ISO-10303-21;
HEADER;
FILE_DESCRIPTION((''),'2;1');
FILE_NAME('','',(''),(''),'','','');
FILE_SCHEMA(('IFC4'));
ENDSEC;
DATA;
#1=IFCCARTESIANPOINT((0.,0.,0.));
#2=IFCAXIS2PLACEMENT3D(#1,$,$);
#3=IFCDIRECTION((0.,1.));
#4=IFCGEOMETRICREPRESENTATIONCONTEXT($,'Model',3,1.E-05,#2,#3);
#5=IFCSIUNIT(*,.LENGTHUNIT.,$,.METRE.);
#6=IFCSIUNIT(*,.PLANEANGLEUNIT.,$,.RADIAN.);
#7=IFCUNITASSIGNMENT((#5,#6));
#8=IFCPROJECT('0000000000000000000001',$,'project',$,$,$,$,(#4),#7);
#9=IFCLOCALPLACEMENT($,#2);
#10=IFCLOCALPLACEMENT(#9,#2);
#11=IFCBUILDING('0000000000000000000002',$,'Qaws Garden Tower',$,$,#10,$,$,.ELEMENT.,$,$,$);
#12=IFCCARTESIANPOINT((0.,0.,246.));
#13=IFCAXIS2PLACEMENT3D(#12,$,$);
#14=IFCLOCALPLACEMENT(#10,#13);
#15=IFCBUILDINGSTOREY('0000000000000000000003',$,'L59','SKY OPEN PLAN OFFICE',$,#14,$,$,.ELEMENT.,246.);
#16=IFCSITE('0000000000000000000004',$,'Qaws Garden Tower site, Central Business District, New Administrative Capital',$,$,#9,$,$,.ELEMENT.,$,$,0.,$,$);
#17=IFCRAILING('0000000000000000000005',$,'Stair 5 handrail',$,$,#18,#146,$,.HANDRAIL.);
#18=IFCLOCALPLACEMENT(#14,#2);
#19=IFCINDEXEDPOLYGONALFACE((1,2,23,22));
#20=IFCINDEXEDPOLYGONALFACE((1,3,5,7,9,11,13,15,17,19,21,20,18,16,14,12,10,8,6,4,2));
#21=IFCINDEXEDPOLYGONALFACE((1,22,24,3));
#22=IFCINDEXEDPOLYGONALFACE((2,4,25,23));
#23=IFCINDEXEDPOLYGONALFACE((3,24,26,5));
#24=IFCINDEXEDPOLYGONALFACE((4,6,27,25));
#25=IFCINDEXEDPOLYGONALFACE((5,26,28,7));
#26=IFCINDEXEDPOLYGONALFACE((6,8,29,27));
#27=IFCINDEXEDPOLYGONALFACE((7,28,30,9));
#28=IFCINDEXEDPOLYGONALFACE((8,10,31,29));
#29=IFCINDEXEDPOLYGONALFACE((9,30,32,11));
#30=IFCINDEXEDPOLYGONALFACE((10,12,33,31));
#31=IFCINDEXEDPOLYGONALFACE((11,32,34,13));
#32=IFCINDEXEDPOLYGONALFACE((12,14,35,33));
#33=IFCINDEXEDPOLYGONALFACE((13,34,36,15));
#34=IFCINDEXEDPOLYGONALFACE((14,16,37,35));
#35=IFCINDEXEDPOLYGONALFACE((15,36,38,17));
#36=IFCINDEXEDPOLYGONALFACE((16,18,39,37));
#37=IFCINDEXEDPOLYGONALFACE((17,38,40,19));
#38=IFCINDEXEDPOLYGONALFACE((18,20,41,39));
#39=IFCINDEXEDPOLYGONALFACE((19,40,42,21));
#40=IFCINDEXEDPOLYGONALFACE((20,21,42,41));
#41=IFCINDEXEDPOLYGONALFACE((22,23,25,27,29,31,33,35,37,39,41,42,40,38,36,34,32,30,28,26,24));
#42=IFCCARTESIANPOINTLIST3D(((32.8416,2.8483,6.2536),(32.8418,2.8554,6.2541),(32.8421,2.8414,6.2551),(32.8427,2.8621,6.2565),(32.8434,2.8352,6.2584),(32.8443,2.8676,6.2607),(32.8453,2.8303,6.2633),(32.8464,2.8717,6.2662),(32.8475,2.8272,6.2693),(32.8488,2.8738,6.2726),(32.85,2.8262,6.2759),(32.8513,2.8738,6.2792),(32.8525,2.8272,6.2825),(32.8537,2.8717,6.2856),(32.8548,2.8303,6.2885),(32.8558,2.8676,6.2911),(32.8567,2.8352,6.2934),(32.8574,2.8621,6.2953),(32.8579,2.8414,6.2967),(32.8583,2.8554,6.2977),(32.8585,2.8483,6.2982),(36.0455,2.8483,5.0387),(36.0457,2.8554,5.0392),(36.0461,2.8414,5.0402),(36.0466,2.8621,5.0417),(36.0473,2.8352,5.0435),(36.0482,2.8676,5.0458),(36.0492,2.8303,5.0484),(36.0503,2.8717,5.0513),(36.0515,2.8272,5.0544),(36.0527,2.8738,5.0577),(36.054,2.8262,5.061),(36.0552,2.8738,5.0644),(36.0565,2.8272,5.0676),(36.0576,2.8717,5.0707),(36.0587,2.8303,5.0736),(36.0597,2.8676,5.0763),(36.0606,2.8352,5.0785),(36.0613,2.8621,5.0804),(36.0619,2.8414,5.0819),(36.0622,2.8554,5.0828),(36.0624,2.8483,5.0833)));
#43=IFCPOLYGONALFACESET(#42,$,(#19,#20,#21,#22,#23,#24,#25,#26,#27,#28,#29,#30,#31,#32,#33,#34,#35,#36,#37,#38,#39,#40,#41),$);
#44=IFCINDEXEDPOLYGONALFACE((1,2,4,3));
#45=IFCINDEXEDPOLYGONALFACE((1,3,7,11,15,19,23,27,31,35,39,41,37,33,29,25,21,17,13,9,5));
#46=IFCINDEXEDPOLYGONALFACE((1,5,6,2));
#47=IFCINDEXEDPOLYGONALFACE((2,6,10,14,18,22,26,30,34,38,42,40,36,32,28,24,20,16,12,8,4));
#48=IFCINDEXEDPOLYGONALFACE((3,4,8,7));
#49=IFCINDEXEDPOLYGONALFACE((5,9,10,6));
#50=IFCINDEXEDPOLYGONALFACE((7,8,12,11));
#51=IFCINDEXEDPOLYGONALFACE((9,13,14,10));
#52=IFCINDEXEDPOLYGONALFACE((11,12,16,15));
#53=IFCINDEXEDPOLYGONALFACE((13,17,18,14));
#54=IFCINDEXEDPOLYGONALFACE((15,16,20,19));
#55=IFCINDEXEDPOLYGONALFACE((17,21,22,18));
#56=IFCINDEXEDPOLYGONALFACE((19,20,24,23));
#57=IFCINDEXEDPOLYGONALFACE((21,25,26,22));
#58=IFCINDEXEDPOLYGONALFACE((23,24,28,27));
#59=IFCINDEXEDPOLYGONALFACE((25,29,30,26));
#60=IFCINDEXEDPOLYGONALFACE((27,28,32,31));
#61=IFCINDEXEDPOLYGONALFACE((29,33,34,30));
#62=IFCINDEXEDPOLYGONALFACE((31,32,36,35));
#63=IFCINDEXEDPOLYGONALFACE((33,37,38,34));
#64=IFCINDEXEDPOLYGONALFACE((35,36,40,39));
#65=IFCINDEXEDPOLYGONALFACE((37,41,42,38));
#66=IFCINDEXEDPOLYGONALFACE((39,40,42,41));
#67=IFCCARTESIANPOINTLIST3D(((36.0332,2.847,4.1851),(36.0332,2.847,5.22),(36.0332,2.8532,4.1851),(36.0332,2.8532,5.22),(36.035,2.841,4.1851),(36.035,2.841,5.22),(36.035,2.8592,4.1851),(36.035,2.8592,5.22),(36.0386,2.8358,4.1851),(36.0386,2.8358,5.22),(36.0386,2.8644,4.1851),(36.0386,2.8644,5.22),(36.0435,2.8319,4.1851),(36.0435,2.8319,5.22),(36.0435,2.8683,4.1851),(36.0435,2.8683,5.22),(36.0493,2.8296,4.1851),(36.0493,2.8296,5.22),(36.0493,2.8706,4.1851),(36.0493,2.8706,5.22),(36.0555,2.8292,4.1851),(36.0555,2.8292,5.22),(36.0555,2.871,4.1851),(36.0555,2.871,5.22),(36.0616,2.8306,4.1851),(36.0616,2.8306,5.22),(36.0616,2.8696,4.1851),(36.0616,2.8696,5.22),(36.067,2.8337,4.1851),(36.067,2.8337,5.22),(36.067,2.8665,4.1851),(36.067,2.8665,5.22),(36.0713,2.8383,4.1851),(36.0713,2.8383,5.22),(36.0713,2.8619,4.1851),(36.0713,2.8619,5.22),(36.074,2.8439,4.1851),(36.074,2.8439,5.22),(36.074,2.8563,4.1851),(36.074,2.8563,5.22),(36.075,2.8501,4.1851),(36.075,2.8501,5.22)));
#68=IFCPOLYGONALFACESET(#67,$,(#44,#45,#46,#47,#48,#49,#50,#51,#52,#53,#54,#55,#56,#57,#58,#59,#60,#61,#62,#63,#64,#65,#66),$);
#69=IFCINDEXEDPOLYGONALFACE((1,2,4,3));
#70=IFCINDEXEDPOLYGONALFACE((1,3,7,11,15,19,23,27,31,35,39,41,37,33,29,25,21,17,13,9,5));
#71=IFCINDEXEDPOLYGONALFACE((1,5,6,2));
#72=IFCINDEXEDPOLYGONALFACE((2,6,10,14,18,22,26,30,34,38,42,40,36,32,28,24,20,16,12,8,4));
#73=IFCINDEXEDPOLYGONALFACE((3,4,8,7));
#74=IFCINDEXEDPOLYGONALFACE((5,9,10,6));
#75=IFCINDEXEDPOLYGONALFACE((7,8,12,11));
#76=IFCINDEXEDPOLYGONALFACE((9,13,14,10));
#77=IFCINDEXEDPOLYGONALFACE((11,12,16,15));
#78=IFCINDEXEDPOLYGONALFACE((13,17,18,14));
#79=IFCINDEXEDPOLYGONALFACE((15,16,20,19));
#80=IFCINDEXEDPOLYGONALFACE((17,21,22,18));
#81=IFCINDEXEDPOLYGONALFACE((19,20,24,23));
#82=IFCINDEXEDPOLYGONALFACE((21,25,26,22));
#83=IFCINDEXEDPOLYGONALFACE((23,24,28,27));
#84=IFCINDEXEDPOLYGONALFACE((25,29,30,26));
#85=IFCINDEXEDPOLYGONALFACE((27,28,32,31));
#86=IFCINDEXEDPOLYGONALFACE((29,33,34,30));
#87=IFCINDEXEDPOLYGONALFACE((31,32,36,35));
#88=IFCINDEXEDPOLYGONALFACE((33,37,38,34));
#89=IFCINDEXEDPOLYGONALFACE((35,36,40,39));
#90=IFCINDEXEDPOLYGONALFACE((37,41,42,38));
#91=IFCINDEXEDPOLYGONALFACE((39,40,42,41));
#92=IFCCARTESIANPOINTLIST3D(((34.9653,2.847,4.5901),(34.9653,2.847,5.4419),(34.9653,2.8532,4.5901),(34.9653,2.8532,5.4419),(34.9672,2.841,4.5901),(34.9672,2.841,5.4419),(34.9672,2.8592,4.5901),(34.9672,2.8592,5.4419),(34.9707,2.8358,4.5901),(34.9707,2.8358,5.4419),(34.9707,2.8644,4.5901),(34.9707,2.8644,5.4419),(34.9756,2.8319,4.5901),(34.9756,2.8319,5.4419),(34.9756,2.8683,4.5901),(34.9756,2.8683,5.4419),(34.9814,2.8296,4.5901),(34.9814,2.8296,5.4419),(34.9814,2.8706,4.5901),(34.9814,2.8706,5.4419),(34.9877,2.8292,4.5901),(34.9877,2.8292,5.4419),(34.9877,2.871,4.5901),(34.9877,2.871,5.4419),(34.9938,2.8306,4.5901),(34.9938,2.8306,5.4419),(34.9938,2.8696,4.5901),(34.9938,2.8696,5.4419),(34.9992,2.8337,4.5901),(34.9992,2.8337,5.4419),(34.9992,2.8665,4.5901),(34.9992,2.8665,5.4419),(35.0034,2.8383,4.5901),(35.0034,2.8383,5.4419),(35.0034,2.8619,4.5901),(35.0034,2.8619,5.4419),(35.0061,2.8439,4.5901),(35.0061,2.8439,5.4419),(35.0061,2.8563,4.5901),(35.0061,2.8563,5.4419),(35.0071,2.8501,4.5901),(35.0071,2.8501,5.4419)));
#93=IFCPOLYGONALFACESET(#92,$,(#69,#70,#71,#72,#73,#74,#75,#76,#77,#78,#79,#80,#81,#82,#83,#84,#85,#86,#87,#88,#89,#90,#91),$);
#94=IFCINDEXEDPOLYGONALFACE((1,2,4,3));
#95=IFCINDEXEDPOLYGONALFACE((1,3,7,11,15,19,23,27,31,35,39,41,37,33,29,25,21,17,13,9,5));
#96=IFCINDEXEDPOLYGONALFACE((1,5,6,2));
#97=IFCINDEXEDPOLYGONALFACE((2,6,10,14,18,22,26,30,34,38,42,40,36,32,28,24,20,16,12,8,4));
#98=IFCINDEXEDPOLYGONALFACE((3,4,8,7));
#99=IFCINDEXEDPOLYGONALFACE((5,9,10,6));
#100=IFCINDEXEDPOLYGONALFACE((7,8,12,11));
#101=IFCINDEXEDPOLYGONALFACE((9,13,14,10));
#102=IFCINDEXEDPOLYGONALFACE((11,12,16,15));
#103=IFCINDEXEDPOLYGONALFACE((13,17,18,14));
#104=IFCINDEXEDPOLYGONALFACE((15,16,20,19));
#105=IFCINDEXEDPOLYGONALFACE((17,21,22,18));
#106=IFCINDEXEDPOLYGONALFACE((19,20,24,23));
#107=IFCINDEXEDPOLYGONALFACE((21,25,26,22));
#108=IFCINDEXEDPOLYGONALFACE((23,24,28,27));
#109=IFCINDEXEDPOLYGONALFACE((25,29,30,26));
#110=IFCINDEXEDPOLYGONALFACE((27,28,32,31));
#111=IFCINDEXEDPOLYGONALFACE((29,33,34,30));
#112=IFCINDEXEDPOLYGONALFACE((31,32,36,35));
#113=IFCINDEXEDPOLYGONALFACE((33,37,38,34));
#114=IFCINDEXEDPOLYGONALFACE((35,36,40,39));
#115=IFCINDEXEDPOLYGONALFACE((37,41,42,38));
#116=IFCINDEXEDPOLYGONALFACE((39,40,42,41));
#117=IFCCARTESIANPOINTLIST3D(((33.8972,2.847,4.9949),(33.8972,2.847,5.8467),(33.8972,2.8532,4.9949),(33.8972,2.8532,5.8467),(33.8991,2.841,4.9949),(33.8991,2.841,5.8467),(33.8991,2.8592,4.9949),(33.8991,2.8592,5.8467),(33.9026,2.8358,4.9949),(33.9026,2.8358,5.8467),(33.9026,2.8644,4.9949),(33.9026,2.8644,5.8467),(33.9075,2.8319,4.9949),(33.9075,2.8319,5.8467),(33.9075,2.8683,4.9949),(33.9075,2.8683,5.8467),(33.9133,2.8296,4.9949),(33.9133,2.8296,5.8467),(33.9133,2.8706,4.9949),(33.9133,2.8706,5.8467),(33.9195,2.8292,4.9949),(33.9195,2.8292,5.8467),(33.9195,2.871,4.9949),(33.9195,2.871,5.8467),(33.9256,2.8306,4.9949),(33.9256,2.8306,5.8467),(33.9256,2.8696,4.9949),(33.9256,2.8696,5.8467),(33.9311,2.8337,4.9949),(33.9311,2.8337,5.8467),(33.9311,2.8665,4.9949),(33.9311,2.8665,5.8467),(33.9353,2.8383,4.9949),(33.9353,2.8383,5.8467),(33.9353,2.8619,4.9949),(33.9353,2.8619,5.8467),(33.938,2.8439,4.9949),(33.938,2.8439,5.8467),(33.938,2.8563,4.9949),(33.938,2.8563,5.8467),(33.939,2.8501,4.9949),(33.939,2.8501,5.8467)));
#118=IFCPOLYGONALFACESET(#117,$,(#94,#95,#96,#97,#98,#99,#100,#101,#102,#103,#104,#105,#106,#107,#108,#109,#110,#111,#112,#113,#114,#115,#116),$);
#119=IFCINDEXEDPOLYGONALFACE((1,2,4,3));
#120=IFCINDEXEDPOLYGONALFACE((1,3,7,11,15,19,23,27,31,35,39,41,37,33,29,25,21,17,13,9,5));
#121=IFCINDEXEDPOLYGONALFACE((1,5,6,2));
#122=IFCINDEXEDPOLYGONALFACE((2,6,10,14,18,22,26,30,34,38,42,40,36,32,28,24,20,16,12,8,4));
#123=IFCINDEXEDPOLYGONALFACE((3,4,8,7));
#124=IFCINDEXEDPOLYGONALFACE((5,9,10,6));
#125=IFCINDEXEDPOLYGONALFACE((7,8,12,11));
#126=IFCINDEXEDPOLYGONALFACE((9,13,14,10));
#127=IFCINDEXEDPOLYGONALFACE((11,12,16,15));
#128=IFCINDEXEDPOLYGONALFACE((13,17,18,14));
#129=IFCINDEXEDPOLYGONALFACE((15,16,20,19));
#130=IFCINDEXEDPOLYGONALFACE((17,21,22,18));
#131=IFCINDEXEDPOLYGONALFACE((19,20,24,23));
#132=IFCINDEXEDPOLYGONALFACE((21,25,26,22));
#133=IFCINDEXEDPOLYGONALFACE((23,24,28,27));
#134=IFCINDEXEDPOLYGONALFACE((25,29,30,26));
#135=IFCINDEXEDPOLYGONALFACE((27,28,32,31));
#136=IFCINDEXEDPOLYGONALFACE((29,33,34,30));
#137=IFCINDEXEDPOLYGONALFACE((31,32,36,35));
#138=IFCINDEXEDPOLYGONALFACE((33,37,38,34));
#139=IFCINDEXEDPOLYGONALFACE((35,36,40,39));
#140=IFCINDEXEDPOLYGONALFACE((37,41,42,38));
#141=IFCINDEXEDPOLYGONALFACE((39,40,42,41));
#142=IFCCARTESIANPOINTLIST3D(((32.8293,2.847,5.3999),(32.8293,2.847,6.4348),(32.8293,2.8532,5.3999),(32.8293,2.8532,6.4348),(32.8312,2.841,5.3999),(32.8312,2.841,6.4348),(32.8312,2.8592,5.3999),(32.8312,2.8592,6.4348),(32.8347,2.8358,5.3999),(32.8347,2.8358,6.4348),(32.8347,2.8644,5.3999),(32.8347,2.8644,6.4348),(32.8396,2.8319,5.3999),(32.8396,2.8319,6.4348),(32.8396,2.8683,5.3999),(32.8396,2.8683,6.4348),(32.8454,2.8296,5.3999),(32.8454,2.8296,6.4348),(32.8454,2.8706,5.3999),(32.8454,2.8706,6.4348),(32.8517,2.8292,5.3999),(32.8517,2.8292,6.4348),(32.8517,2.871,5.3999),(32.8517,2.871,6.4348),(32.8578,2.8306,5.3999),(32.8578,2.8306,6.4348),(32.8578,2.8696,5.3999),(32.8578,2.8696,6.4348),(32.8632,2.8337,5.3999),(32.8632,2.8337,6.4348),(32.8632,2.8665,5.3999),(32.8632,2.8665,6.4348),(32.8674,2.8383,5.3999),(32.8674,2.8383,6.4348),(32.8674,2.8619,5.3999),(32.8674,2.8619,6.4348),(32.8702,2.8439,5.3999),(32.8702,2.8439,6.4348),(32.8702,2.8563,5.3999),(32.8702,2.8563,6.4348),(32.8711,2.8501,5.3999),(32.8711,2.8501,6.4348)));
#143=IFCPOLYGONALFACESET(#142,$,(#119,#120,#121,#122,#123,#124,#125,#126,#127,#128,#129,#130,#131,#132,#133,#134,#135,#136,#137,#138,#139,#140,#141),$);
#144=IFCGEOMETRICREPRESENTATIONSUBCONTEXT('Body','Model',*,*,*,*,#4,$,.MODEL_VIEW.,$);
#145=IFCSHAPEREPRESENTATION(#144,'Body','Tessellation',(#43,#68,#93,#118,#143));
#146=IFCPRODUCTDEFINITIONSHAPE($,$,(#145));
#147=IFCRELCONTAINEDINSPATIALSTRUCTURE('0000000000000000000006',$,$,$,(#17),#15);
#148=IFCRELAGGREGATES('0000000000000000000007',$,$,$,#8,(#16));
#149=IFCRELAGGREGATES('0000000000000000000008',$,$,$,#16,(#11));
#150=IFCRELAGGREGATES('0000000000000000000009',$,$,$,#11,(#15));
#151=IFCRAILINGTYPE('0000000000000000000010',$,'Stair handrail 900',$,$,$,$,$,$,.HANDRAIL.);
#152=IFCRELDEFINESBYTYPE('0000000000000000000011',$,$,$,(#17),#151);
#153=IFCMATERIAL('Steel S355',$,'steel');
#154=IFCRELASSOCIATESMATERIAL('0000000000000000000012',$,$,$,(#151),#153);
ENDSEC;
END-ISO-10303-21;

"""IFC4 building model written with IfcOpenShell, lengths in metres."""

from ifc_helpers import new_model, si_unit, direction, frame, origin, origin_2d, place, context, subcontext, project, spatial, circle, extrude, material, type_object, element, save


model = new_model("IFC4")

# Units and contexts
model_context = context("Model", 3, precision=1e-05, world=origin(), true_north=direction((0.0, 1.0)))
body_context = subcontext(model_context, "Body", "Model", "MODEL_VIEW")
ifc_project = project(units=[si_unit("LENGTHUNIT", "METRE"), si_unit("PLANEANGLEUNIT", "RADIAN")], contexts=[model_context])

# Site, building, storey
site_placement = place(None, origin())
site = spatial("IfcSite", under=ifc_project, at=site_placement, Name="Qaws Garden Tower site, Central Business District, New Administrative Capital", CompositionType="ELEMENT", RefElevation=0.0)
building_placement = place(site_placement, origin())
building = spatial("IfcBuilding", under=site, at=building_placement, Name="Qaws Garden Tower", CompositionType="ELEMENT")
storey_placement = place(building_placement, frame((0.0, 0.0, 246.0)))
storey = spatial("IfcBuildingStorey", under=building, at=storey_placement, Name="L59", Description="SKY OPEN PLAN OFFICE", CompositionType="ELEMENT", Elevation=246.0)

# Railing
ifc_material_1 = material(Name="Steel S355", Category="steel")
railing_type = type_object("IfcRailingType", Name="Stair handrail 900", PredefinedType="HANDRAIL", material=ifc_material_1)
for number, where, name in (
    (1, (36.054, 2.8501, 4.1851), "Stair 5 handrail"),
):
    element("IfcRailing", number, at=place(storey_placement, frame(where)), inside=storey, type_object=railing_type, Name=name, PredefinedType="HANDRAIL", context=body_context, shape_type="SweptSolid", body=[
        extrude(circle(Radius=0.0239, at=origin_2d()), frame((0.0, 0.0, 0.876), z_axis=(-0.935037, 0.0, 0.354549), x_axis=(0.0, -1.0, 0.0)), (0.0, 0.0, 1.0), 3.4265),
        extrude(circle(Radius=0.021, at=origin_2d()), origin(), (0.0, 0.0, 1.0), 1.0349),
        extrude(circle(Radius=0.021, at=origin_2d()), frame((-1.0679, 0.0, 0.405)), (0.0, 0.0, 1.0), 0.8518),
        extrude(circle(Radius=0.021, at=origin_2d()), frame((-2.136, 0.0, 0.8098)), (0.0, 0.0, 1.0), 0.8518),
        extrude(circle(Radius=0.021, at=origin_2d()), frame((-3.2039, 0.0, 1.2148)), (0.0, 0.0, 1.0), 1.0349),
    ])

save(model, "model.ifc")
